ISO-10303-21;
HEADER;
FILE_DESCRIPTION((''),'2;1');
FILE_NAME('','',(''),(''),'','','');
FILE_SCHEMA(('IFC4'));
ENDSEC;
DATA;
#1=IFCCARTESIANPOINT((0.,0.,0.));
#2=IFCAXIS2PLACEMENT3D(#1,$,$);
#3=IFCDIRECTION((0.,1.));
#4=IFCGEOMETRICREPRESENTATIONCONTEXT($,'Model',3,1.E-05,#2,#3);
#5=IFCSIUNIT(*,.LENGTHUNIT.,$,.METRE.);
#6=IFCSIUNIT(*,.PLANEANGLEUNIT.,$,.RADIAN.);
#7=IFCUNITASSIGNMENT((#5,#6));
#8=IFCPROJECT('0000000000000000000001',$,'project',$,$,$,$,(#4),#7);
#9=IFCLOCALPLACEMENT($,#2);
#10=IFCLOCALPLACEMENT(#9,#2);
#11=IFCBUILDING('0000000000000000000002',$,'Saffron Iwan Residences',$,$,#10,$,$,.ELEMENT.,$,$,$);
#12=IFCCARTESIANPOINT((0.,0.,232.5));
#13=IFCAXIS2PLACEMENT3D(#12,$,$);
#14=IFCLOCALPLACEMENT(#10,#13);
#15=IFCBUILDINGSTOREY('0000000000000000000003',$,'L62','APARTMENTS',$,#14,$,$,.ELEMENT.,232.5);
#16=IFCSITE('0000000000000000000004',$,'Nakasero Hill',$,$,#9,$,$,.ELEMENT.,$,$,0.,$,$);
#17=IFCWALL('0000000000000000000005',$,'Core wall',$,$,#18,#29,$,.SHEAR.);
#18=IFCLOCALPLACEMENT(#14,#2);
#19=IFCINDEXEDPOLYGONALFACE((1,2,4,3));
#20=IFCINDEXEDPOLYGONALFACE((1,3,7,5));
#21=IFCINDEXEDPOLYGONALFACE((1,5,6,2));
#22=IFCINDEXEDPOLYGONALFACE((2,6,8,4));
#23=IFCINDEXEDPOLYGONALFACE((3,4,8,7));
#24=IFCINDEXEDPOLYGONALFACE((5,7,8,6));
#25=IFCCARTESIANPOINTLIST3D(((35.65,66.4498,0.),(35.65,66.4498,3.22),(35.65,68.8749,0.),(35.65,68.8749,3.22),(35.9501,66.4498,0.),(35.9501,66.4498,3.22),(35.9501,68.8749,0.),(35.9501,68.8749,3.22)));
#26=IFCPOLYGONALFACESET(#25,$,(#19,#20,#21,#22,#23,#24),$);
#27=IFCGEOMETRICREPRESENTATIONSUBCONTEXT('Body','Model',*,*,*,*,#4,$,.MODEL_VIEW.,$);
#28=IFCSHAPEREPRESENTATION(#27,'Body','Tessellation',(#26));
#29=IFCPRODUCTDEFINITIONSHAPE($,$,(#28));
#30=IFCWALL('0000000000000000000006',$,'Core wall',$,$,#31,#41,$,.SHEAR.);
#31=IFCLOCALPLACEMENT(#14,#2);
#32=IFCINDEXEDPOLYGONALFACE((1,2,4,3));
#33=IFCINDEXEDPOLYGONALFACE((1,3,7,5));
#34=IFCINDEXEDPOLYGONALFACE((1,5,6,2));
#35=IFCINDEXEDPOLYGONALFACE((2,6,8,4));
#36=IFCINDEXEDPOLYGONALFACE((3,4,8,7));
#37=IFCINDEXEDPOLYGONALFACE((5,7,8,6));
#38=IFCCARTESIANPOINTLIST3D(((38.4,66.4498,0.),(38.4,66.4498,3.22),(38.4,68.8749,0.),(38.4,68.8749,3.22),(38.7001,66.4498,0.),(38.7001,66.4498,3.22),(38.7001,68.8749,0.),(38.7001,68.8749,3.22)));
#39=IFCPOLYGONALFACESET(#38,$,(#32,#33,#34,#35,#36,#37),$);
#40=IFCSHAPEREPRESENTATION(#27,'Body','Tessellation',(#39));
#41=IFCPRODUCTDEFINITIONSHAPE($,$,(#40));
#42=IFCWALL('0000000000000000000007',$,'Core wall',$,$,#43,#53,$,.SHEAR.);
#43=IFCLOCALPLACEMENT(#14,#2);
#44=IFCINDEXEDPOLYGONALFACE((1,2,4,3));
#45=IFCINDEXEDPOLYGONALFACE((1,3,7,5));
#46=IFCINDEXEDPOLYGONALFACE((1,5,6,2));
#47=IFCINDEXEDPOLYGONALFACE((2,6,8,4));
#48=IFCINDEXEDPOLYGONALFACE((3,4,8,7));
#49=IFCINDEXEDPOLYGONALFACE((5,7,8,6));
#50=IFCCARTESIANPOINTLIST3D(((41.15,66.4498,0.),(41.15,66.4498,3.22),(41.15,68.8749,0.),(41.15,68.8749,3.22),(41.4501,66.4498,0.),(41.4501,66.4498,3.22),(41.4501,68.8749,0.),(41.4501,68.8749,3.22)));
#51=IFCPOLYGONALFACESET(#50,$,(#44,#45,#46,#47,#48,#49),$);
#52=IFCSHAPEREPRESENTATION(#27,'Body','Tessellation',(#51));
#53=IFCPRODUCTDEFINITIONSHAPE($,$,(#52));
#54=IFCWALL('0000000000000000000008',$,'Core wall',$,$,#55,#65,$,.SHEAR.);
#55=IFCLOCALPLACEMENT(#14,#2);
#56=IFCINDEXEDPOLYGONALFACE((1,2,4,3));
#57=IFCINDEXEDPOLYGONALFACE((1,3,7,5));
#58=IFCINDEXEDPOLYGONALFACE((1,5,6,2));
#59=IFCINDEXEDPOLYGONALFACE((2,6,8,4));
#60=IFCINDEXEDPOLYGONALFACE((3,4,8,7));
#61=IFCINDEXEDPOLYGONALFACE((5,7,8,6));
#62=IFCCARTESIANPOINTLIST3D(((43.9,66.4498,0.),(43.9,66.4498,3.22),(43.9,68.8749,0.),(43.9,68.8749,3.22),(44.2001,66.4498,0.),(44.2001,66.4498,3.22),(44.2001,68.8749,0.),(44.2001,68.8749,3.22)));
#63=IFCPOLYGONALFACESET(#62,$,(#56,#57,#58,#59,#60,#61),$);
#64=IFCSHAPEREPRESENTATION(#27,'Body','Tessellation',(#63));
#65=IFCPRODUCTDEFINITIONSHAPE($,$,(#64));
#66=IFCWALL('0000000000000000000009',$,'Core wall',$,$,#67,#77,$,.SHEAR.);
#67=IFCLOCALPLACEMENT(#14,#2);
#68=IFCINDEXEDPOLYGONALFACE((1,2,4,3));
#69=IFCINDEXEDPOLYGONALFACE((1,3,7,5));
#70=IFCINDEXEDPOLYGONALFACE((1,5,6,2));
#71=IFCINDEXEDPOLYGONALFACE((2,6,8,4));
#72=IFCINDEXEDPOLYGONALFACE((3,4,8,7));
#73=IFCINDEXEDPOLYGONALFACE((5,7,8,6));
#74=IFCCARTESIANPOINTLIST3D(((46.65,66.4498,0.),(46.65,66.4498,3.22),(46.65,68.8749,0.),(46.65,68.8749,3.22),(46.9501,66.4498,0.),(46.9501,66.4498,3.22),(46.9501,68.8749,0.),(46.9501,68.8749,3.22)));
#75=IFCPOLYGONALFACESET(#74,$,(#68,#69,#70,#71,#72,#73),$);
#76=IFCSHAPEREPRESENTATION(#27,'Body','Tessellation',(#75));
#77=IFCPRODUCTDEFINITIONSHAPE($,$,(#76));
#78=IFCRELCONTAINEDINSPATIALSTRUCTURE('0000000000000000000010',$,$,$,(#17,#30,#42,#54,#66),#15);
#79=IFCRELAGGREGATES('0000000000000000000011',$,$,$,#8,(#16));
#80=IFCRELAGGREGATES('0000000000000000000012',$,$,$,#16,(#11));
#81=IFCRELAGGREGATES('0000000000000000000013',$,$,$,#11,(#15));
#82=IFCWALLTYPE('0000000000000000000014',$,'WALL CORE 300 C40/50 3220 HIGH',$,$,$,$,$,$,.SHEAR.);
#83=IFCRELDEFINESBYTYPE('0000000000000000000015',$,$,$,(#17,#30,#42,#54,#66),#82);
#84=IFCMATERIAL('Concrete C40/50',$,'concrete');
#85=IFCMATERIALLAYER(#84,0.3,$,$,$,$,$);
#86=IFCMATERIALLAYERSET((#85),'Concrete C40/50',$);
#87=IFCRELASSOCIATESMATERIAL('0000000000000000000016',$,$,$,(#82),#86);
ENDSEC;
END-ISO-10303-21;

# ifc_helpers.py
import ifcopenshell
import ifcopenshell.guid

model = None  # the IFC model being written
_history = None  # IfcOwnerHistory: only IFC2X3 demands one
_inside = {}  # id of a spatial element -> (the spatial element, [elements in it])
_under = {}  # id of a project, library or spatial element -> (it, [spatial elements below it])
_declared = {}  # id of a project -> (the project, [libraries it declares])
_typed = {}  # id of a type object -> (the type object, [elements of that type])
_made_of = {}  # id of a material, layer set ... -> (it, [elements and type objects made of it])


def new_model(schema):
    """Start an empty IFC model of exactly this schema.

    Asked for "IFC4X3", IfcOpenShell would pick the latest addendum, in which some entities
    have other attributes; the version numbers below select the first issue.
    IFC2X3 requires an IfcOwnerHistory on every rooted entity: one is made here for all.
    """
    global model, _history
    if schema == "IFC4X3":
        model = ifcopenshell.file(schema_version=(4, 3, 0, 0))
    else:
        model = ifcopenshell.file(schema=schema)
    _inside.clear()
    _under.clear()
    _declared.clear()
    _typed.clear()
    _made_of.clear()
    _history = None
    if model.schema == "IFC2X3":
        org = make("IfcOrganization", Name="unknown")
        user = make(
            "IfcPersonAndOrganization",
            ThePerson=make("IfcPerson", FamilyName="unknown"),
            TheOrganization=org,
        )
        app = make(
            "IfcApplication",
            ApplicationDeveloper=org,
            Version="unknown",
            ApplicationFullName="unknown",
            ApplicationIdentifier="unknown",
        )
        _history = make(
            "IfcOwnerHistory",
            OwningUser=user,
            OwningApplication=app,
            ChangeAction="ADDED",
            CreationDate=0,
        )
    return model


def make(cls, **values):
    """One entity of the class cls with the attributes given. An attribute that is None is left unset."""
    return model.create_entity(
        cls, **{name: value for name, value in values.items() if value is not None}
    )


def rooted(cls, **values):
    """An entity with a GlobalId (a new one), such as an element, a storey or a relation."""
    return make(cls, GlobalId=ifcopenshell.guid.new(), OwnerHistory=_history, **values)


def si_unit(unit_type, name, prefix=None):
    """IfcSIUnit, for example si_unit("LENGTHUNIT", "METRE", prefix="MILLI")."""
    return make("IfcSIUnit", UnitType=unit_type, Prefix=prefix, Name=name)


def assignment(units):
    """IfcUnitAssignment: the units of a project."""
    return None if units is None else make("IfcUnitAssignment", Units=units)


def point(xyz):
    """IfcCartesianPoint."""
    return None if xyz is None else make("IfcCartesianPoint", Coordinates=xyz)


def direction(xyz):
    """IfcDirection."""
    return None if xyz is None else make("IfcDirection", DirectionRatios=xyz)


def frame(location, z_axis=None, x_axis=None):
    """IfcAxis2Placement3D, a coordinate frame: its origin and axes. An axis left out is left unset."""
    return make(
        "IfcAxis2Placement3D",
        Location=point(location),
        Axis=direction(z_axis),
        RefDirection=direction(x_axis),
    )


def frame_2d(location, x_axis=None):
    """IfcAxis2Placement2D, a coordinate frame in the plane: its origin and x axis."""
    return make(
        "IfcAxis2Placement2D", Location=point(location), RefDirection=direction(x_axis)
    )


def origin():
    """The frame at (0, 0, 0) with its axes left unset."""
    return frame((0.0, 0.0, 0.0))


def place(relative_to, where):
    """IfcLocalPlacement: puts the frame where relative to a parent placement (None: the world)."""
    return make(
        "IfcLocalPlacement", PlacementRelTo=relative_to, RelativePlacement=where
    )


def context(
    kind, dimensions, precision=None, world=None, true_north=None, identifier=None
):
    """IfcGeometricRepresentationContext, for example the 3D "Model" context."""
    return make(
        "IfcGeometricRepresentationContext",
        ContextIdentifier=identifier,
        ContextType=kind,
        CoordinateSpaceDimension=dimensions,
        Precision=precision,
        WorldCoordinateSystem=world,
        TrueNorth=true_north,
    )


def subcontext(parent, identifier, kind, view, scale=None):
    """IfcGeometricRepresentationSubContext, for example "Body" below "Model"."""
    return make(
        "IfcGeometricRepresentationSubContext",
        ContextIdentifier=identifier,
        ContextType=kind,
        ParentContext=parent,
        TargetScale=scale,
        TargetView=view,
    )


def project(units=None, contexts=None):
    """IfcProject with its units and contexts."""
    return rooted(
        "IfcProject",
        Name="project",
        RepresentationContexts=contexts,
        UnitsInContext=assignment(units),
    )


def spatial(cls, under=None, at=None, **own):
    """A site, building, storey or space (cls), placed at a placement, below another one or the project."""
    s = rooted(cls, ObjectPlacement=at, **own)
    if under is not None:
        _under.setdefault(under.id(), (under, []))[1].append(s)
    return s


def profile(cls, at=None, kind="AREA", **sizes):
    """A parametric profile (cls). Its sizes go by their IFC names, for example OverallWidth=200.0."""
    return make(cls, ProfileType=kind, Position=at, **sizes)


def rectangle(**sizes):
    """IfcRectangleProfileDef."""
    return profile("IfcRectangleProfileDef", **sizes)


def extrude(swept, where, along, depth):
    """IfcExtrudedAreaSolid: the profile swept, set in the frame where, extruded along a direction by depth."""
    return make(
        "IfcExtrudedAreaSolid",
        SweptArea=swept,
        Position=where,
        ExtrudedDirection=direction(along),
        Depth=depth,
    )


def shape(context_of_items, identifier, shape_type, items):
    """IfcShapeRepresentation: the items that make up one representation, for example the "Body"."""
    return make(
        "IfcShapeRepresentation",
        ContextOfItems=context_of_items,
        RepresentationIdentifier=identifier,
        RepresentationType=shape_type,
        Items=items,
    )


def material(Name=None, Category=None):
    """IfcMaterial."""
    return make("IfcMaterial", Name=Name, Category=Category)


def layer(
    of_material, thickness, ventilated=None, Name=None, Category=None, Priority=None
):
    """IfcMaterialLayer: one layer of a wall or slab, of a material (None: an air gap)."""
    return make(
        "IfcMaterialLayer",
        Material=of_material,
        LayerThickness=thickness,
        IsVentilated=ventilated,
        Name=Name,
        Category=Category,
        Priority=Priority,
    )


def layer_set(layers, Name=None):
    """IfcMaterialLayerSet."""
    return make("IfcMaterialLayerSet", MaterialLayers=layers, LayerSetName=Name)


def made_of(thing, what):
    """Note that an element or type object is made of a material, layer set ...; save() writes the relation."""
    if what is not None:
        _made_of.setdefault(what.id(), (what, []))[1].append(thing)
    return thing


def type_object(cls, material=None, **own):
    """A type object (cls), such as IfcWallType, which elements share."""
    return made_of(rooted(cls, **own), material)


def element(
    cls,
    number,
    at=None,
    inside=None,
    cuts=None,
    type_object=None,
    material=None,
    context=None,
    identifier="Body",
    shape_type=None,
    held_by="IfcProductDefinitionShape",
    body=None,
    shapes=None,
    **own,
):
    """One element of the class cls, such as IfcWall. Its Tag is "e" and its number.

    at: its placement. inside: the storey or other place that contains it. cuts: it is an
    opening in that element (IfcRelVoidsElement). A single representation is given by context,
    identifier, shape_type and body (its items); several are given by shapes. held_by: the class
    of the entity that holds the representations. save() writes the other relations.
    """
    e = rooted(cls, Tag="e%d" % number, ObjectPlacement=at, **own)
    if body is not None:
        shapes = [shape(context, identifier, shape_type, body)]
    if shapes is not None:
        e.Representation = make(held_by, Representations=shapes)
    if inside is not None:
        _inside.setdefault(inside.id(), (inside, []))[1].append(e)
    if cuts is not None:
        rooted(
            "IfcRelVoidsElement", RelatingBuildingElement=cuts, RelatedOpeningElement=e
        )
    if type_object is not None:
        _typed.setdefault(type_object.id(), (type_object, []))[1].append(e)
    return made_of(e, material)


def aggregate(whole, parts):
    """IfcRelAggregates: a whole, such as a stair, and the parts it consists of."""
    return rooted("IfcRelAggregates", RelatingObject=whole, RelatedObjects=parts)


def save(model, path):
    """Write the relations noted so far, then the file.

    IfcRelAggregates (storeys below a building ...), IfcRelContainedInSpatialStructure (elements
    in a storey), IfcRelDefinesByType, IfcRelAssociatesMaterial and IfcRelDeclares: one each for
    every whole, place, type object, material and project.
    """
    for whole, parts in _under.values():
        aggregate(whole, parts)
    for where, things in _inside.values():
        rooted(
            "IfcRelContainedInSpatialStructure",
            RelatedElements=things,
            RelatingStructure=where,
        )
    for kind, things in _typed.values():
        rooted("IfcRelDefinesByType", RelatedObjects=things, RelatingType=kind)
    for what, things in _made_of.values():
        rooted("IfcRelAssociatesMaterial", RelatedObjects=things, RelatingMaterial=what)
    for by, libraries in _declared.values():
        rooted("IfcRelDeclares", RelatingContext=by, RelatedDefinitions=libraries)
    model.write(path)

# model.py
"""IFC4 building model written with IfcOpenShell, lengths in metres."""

from ifc_helpers import new_model, si_unit, direction, frame, frame_2d, origin, place, context, subcontext, project, spatial, rectangle, extrude, material, layer, layer_set, type_object, element, save


model = new_model("IFC4")

# Units and contexts
model_context = context("Model", 3, precision=1e-05, world=origin(), true_north=direction((0.0, 1.0)))
body_context = subcontext(model_context, "Body", "Model", "MODEL_VIEW")
ifc_project = project(units=[si_unit("LENGTHUNIT", "METRE"), si_unit("PLANEANGLEUNIT", "RADIAN")], contexts=[model_context])

# Site, building, storey
site_placement = place(None, origin())
site = spatial("IfcSite", under=ifc_project, at=site_placement, Name="Nakasero Hill", CompositionType="ELEMENT", RefElevation=0.0)
building_placement = place(site_placement, origin())
building = spatial("IfcBuilding", under=site, at=building_placement, Name="Saffron Iwan Residences", CompositionType="ELEMENT")
storey_placement = place(building_placement, frame((0.0, 0.0, 232.5)))
storey = spatial("IfcBuildingStorey", under=building, at=storey_placement, Name="L62", Description="APARTMENTS", CompositionType="ELEMENT", Elevation=232.5)

# Shared definitions
ifc_material_1 = material(Name="Concrete C40/50", Category="concrete")

# Shared definitions
ifc_layer_1 = layer(ifc_material_1, 0.3)
ifc_layer_set_1 = layer_set([ifc_layer_1], Name="Concrete C40/50")
wall_type_1 = type_object("IfcWallType", Name="WALL CORE 300 C40/50 3220 HIGH", PredefinedType="SHEAR", material=ifc_layer_set_1)

# Walls
for number, where, z_axis, x_axis, name in (
    (1, (35.8, 66.45, 0.0), (0.0, 0.0, 1.0), (0.0, 1.0, 0.0), "Core wall"),
    (2, (38.55, 66.45, 0.0), (0.0, 0.0, 1.0), (0.0, 1.0, 0.0), "Core wall"),
    (3, (41.3, 66.45, 0.0), (0.0, 0.0, 1.0), (0.0, 1.0, 0.0), "Core wall"),
    (4, (44.05, 66.45, 0.0), (0.0, 0.0, 1.0), (0.0, 1.0, 0.0), "Core wall"),
    (5, (46.8, 66.45, 0.0), (0.0, 0.0, 1.0), (0.0, 1.0, 0.0), "Core wall"),
):
    element("IfcWall", number, at=place(storey_placement, frame(where, z_axis=z_axis, x_axis=x_axis)), inside=storey, type_object=wall_type_1, Name=name, PredefinedType="SHEAR", context=body_context, shape_type="SweptSolid", body=[
        extrude(rectangle(XDim=2.425, YDim=0.3, at=frame_2d((1.2124, 0.0))), origin(), (0.0, 0.0, 1.0), 3.22),
    ])

save(model, "model.ifc")
